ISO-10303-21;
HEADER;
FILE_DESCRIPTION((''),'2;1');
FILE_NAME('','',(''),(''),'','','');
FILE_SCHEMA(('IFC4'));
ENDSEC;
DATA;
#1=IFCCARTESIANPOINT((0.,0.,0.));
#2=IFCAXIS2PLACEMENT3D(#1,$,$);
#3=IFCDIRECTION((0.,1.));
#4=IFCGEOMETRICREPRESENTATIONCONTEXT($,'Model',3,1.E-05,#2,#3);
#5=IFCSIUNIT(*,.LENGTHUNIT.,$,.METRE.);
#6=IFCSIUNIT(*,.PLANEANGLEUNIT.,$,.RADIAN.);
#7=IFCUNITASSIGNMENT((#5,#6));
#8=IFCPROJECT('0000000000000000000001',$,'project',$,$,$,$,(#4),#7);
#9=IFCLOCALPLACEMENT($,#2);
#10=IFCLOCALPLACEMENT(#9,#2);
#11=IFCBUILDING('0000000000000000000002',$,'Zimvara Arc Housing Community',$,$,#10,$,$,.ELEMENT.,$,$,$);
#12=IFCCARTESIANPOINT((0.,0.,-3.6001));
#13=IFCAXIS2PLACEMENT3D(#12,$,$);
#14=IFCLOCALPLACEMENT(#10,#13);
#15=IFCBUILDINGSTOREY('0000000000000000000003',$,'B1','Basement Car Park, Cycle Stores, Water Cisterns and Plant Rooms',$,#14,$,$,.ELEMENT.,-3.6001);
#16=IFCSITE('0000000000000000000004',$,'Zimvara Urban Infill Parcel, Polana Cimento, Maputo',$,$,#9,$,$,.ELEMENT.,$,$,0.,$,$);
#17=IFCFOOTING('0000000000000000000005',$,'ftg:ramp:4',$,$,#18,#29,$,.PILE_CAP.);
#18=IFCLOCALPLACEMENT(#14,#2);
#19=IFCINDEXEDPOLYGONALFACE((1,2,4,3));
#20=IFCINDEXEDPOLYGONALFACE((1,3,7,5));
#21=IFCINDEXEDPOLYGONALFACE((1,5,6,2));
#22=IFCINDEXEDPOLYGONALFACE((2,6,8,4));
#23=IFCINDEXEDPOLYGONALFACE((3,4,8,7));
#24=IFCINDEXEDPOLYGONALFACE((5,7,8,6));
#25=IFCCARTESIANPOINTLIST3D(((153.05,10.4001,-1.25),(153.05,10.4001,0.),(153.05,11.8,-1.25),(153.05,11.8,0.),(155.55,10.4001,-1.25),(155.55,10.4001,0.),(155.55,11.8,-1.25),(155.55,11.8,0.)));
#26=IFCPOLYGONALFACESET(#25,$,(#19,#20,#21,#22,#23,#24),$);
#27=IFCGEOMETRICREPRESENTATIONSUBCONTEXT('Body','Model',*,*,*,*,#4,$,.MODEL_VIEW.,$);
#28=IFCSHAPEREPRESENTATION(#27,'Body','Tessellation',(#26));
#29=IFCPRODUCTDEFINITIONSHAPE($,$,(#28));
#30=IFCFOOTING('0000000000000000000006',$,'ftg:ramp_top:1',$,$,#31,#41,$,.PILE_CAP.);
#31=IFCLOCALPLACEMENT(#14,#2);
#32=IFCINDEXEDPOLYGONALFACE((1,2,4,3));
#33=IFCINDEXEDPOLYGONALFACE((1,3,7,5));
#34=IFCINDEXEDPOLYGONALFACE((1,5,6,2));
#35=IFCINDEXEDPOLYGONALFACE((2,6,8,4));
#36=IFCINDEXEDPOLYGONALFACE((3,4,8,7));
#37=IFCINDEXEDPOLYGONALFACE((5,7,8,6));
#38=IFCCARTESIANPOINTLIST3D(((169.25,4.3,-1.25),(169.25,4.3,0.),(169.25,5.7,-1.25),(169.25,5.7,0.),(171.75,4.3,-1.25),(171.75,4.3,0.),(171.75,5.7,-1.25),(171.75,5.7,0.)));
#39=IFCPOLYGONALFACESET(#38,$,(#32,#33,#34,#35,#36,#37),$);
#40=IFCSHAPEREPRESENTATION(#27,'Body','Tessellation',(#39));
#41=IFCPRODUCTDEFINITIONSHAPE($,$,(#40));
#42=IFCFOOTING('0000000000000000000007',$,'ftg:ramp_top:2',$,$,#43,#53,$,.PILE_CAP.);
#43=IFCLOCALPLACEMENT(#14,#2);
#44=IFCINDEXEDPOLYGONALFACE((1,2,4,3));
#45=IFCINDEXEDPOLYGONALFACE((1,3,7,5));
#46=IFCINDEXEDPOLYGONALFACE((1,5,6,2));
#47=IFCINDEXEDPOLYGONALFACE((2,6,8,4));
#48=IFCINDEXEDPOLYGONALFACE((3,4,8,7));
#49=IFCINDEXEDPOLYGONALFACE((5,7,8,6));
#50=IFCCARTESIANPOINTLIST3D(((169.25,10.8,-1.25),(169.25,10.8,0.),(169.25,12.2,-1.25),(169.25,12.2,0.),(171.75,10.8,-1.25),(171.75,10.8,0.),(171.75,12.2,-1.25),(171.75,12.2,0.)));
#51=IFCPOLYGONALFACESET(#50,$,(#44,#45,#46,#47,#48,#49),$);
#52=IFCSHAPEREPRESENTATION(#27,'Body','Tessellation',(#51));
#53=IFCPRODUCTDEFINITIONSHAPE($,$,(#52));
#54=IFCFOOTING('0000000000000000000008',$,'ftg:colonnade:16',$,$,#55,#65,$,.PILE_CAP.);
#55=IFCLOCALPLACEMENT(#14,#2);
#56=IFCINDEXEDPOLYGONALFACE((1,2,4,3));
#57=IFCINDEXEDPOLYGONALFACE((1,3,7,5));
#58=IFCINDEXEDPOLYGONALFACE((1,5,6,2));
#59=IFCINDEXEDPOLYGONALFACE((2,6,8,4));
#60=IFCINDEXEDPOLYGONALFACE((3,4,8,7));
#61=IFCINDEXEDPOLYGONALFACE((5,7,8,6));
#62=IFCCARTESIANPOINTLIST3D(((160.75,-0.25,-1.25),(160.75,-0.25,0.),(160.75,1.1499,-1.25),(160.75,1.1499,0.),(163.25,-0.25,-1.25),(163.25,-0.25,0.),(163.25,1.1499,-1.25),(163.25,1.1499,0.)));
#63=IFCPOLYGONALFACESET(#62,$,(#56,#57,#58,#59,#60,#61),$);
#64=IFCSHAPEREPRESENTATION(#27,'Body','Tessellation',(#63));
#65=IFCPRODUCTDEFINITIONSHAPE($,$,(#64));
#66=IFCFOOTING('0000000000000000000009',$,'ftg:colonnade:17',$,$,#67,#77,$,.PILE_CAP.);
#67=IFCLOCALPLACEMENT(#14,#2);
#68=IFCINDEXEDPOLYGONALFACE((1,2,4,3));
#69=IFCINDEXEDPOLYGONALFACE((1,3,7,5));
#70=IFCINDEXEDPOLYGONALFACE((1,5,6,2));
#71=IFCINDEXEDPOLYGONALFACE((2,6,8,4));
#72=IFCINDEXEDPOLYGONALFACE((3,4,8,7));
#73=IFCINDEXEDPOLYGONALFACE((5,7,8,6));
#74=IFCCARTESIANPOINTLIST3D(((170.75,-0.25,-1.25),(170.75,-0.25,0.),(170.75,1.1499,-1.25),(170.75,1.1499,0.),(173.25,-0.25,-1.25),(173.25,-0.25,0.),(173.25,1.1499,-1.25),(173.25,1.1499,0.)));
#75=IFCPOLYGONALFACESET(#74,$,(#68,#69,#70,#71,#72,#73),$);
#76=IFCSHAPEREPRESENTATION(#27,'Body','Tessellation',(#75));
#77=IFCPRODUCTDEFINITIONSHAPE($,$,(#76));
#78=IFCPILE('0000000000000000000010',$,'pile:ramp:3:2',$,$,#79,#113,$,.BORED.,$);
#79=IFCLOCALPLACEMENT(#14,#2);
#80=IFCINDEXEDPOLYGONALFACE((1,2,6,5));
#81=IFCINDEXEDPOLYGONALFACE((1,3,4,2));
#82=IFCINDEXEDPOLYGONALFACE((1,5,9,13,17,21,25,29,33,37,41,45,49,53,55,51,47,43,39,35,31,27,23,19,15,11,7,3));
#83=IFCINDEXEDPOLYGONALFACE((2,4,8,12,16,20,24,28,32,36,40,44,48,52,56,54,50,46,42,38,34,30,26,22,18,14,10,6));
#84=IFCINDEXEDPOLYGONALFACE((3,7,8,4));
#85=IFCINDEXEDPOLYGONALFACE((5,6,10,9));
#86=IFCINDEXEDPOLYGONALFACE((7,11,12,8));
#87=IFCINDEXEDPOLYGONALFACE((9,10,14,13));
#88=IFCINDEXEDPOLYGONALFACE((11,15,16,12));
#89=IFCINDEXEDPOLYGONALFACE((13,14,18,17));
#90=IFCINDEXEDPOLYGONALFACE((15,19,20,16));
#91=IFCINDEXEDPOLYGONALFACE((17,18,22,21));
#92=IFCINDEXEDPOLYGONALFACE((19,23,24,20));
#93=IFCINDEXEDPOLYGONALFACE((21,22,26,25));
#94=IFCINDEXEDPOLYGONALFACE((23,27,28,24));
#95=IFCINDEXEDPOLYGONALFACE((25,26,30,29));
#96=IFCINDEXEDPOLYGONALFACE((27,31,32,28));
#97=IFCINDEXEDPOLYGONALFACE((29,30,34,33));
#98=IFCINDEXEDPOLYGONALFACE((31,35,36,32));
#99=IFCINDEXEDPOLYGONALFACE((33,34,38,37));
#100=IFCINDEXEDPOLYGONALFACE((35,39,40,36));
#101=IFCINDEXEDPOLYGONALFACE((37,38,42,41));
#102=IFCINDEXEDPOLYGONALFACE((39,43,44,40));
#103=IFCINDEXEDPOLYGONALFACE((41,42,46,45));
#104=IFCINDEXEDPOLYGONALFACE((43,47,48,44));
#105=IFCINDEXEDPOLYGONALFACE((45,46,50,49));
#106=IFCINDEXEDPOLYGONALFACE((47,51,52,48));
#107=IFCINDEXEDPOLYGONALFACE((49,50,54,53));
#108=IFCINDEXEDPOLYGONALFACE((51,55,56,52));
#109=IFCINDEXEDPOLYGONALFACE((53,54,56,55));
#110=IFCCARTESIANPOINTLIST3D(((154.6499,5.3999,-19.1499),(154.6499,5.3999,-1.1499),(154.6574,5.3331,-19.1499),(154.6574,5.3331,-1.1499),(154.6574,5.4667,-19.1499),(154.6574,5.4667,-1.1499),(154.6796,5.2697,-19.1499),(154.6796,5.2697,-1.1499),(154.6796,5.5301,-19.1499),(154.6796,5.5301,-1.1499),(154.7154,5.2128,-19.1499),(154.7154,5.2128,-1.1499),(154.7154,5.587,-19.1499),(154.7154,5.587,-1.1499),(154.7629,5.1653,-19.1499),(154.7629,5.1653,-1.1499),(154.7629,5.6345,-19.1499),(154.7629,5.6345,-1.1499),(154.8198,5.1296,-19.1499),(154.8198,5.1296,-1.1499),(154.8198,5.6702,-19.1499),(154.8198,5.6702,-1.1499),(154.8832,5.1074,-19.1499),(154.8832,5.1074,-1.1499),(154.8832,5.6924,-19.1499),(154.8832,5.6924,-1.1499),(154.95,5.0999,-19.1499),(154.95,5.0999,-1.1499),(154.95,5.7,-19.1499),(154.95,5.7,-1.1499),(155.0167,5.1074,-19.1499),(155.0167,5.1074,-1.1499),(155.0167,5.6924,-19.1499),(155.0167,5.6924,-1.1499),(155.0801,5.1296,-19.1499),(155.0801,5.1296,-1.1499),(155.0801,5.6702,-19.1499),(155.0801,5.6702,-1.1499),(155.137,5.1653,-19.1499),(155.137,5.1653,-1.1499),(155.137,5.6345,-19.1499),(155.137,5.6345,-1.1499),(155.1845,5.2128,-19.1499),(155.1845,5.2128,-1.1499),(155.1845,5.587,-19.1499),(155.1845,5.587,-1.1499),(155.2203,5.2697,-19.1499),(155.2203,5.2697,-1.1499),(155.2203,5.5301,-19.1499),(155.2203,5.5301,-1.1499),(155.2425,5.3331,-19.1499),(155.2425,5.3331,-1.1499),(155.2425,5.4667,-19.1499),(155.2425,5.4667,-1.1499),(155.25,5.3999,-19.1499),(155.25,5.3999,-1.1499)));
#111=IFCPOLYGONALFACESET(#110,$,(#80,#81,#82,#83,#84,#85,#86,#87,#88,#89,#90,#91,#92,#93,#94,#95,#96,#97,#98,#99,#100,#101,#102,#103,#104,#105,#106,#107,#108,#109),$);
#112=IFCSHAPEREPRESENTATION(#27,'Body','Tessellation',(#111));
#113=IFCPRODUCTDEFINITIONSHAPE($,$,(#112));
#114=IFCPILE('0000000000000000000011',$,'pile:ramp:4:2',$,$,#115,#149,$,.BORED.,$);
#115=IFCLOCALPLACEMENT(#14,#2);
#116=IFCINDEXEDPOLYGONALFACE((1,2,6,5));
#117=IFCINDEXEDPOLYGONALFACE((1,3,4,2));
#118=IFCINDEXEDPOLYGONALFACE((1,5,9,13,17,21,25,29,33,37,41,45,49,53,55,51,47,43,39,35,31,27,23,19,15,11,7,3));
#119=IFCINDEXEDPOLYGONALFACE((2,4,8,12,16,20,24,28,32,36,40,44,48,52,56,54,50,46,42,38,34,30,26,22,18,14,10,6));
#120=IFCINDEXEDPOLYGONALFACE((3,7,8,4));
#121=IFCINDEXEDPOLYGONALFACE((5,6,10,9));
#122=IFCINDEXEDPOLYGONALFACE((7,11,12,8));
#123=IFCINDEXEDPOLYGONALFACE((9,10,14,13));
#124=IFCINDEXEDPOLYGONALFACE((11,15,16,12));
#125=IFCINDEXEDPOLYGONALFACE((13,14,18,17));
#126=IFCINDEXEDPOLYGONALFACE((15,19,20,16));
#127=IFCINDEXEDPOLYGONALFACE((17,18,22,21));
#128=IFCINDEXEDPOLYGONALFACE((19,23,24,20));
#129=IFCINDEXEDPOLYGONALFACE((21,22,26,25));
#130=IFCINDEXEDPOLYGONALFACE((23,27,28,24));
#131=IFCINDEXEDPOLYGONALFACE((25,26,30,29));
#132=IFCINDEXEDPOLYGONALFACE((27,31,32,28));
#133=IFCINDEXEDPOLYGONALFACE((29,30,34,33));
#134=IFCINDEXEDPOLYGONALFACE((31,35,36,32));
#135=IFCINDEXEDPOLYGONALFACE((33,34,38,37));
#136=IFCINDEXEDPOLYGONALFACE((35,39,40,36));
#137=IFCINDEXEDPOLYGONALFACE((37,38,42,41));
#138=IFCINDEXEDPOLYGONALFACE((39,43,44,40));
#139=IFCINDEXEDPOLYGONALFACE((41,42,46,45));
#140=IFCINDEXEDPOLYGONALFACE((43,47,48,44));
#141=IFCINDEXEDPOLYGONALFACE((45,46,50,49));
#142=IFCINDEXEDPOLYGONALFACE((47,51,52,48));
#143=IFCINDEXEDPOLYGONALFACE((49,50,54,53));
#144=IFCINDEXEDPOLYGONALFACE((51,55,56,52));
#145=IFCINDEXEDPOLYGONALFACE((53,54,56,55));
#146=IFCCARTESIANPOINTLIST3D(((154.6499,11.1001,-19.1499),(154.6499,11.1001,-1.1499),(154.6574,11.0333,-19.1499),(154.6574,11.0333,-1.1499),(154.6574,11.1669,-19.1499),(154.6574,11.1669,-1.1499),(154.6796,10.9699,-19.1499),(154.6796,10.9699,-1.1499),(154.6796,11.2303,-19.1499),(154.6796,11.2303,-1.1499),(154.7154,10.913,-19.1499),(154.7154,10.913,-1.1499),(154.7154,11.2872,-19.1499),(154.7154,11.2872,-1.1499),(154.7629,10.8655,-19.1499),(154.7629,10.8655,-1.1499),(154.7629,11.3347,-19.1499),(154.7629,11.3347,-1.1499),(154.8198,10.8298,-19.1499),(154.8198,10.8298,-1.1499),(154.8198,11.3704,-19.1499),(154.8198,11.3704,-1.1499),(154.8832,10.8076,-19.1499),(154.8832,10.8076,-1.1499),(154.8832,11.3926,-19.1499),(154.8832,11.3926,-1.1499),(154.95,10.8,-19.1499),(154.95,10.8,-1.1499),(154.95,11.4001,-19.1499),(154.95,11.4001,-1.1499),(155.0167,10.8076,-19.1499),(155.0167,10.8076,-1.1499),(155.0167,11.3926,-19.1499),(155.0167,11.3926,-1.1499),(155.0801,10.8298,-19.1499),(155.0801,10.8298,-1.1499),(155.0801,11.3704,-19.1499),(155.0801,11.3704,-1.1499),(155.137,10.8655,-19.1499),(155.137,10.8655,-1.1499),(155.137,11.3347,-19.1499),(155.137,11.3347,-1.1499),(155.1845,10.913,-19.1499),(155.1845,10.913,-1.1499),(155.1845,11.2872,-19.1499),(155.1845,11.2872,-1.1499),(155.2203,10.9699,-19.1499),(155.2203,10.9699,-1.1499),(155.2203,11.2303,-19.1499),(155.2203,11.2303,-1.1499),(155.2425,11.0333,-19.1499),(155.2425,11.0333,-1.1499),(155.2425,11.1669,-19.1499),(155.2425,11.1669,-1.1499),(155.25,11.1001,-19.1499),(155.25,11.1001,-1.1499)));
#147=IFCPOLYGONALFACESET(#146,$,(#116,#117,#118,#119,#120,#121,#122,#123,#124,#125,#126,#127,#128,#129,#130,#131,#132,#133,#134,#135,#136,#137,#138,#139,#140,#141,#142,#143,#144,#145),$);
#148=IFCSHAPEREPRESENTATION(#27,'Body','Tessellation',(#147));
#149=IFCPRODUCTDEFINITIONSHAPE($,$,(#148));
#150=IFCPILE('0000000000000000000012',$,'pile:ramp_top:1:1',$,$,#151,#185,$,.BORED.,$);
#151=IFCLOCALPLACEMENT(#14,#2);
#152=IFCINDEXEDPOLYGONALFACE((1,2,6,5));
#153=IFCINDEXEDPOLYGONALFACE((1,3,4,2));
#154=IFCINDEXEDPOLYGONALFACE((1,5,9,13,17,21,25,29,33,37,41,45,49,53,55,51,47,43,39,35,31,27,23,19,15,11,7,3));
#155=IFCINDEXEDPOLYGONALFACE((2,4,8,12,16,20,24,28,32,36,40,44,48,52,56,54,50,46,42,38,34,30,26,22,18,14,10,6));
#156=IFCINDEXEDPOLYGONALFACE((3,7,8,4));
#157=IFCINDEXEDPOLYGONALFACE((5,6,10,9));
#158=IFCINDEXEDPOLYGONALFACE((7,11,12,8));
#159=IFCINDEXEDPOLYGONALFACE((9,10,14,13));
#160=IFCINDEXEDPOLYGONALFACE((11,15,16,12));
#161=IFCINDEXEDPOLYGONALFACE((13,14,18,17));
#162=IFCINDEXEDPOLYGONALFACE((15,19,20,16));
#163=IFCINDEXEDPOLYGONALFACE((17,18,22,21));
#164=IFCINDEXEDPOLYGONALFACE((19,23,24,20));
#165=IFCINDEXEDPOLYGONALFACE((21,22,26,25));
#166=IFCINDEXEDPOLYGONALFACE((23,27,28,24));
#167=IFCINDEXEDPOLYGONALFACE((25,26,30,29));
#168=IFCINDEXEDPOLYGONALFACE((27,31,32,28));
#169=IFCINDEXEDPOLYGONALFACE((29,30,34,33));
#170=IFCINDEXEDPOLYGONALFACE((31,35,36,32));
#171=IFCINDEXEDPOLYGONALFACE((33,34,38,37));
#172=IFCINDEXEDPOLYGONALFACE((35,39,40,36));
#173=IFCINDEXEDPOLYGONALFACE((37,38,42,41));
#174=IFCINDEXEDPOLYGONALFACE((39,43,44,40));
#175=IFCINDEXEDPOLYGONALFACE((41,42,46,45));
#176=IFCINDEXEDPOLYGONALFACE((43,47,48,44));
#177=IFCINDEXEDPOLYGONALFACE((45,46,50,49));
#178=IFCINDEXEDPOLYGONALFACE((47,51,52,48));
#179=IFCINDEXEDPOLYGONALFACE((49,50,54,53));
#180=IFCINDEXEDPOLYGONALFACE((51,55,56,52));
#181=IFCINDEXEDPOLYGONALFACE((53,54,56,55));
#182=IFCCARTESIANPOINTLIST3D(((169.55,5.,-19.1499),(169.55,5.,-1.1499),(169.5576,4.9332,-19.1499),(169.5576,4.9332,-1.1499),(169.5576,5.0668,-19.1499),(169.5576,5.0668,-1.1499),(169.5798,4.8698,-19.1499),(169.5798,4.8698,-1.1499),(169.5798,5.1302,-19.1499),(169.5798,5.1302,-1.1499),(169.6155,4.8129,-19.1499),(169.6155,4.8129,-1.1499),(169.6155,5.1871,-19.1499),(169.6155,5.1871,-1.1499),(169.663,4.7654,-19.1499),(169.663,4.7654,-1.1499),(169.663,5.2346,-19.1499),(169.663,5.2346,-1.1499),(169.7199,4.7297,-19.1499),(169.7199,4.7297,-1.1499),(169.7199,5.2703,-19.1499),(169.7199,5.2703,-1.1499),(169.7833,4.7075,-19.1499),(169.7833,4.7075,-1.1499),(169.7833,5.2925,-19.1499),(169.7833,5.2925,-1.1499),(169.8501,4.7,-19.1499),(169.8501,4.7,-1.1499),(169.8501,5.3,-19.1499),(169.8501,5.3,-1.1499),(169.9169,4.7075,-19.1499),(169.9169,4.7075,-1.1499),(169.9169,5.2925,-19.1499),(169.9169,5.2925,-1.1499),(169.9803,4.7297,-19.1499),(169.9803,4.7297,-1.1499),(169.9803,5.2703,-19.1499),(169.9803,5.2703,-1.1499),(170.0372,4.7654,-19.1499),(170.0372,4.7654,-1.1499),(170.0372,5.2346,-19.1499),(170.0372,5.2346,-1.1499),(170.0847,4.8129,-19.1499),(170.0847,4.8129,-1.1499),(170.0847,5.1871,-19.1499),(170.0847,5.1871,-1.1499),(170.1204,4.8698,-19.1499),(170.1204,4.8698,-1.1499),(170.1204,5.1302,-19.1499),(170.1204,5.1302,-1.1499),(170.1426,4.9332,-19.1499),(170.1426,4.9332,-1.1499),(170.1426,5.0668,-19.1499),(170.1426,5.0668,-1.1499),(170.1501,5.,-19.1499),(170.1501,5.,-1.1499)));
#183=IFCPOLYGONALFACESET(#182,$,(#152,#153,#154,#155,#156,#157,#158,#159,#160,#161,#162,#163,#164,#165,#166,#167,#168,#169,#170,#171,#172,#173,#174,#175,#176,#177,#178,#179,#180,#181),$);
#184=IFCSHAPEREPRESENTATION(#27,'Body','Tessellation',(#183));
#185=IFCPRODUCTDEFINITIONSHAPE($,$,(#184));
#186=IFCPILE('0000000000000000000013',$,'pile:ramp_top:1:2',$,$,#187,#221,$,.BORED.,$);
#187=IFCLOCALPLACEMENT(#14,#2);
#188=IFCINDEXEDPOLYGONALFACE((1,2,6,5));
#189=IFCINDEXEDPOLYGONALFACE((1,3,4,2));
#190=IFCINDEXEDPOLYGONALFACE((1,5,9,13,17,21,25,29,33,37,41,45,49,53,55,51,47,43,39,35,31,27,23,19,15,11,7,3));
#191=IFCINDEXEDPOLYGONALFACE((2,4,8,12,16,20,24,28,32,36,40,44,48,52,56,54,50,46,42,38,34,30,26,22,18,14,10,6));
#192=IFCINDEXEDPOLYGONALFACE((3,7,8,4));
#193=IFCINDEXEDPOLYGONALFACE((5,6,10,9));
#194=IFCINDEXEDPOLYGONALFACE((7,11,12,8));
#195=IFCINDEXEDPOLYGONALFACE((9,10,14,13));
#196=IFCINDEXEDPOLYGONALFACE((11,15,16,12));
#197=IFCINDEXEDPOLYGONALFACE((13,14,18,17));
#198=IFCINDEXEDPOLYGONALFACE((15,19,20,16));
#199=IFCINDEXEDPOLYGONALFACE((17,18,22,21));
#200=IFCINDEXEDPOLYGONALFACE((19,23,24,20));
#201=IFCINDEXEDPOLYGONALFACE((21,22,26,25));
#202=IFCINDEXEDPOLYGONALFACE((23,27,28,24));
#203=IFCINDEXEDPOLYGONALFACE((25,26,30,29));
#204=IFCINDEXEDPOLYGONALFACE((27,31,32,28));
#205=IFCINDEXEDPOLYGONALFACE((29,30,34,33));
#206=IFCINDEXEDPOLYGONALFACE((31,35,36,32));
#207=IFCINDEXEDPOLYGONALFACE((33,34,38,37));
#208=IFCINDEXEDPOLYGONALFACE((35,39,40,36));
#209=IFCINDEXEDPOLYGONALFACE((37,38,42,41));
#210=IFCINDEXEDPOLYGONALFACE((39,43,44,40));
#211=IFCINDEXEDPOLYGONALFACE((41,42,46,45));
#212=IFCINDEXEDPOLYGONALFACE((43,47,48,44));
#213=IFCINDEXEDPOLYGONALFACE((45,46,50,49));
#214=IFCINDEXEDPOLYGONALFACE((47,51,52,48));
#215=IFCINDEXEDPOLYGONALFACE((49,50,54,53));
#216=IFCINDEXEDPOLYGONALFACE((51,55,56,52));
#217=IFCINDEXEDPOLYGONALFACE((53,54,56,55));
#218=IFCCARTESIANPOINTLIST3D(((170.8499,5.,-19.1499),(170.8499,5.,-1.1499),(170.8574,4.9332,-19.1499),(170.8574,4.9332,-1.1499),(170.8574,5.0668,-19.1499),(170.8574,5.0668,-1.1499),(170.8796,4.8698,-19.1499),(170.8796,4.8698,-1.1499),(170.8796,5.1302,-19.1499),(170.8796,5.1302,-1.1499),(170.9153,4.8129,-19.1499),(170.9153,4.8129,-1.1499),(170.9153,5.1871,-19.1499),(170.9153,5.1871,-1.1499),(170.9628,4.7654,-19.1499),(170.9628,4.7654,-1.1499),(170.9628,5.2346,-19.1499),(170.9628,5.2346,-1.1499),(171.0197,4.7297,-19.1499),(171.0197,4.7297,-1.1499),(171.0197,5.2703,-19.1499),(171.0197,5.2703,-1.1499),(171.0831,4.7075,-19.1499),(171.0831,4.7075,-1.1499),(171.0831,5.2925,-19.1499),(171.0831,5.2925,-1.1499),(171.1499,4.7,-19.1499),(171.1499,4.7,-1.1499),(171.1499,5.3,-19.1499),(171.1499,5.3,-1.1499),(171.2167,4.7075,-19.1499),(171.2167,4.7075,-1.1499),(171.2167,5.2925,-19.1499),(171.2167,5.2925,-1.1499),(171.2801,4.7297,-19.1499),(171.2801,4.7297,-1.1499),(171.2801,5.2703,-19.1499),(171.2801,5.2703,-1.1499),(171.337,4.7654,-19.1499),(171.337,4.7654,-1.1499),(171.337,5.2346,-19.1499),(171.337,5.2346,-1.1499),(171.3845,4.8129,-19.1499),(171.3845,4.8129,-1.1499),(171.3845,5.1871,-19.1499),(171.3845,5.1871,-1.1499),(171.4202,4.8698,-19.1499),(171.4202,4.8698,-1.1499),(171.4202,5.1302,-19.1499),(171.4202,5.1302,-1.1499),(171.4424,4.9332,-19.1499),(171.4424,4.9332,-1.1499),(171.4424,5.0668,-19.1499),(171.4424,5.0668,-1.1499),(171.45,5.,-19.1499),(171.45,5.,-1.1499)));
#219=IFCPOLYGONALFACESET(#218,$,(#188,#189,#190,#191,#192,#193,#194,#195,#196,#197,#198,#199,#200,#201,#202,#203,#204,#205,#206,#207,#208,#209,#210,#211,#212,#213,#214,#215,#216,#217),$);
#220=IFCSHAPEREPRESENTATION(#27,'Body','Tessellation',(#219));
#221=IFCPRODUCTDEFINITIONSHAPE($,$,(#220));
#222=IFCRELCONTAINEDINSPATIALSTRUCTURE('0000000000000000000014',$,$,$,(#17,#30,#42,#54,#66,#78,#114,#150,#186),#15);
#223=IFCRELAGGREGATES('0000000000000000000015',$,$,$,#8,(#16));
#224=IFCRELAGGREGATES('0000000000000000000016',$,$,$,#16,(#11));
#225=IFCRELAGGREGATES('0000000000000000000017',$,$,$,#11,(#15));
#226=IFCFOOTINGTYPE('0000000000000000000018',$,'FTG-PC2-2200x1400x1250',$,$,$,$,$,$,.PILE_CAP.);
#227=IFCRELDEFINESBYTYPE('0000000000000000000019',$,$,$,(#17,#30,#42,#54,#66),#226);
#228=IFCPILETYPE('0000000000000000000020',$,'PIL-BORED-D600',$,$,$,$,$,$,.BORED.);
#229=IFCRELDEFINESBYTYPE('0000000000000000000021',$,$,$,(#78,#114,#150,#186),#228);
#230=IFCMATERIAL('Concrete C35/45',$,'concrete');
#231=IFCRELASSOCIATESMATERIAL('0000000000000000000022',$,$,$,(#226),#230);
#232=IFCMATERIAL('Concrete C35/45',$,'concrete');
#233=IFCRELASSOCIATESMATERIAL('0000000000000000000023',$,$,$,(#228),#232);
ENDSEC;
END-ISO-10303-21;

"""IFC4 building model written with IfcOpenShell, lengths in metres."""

from ifc_helpers import new_model, si_unit, direction, frame, origin, origin_2d, place, context, subcontext, project, spatial, rectangle, circle, extrude, material, material_profile, profile_set, type_object, element, save


model = new_model("IFC4")

# Units and contexts
model_context = context("Model", 3, precision=1e-05, world=origin(), true_north=direction((0.0, 1.0)))
body_context = subcontext(model_context, "Body", "Model", "MODEL_VIEW")
ifc_project = project(units=[si_unit("LENGTHUNIT", "METRE"), si_unit("PLANEANGLEUNIT", "RADIAN")], contexts=[model_context])

# Site, building, storey
site_placement = place(None, origin())
site = spatial("IfcSite", under=ifc_project, at=site_placement, Name="Zimvara Urban Infill Parcel, Polana Cimento, Maputo", CompositionType="ELEMENT", RefElevation=0.0)
building_placement = place(site_placement, origin())
building = spatial("IfcBuilding", under=site, at=building_placement, Name="Zimvara Arc Housing Community", CompositionType="ELEMENT")
storey_placement = place(building_placement, frame((0.0, 0.0, -3.6001)))
storey = spatial("IfcBuildingStorey", under=building, at=storey_placement, Name="B1", Description="Basement Car Park, Cycle Stores, Water Cisterns and Plant Rooms", CompositionType="ELEMENT", Elevation=-3.6001)

# Footings
ifc_material_1 = material(Name="Concrete C35/45", Category="concrete")
footing_type = type_object("IfcFootingType", Name="FTG-PC2-2200x1400x1250", PredefinedType="PILE_CAP", material=ifc_material_1)
for number, where, z_axis, x_axis, name in (
    (1, (154.3, 11.1001, -1.25), (0.0, 0.0, 1.0), (1.0, 0.0, 0.0), "ftg:ramp:4"),
    (2, (170.5, 5.0, -1.25), (0.0, 0.0, 1.0), (1.0, 0.0, 0.0), "ftg:ramp_top:1"),
    (3, (170.5, 11.5, -1.25), (0.0, 0.0, 1.0), (1.0, 0.0, 0.0), "ftg:ramp_top:2"),
    (4, (162.0, 0.45, -1.25), (0.0, 0.0, 1.0), (1.0, 0.0, 0.0), "ftg:colonnade:16"),
    (5, (172.0, 0.45, -1.25), (0.0, 0.0, 1.0), (1.0, 0.0, 0.0), "ftg:colonnade:17"),
):
    element("IfcFooting", number, at=place(storey_placement, frame(where, z_axis=z_axis, x_axis=x_axis)), inside=storey, type_object=footing_type, Name=name, PredefinedType="PILE_CAP", context=body_context, shape_type="SweptSolid", body=[
        extrude(rectangle(XDim=2.5, YDim=1.3999, at=origin_2d()), origin(), (0.0, 0.0, 1.0), 1.25),
    ])

# Piles
ifc_material_2 = material(Name="Concrete C35/45", Category="concrete")
ifc_material_profile_1 = material_profile(ifc_material_2, circle(Radius=0.3, at=origin_2d()), Name="PILE D600")
ifc_profile_set_1 = profile_set([ifc_material_profile_1], Name="Concrete C35/45")
pile_type = type_object("IfcPileType", Name="PIL-BORED-D600", PredefinedType="BORED", material=ifc_profile_set_1)
for number, where, z_axis, x_axis, name in (
    (6, (154.95, 5.3999, -1.1499), (0.0, 0.0, -1.0), (1.0, 0.0, 0.0), "pile:ramp:3:2"),
    (7, (154.95, 11.1001, -1.1499), (0.0, 0.0, -1.0), (1.0, 0.0, 0.0), "pile:ramp:4:2"),
    (8, (169.8501, 5.0, -1.1499), (0.0, 0.0, -1.0), (1.0, 0.0, 0.0), "pile:ramp_top:1:1"),
    (9, (171.1499, 5.0, -1.1499), (0.0, 0.0, -1.0), (1.0, 0.0, 0.0), "pile:ramp_top:1:2"),
):
    element("IfcPile", number, at=place(storey_placement, frame(where, z_axis=z_axis, x_axis=x_axis)), inside=storey, type_object=pile_type, Name=name, PredefinedType="BORED", context=body_context, shape_type="SweptSolid", body=[
        extrude(circle(Radius=0.3, at=origin_2d()), origin(), (0.0, 0.0, 1.0), 18.0),
    ])

save(model, "model.ifc")
